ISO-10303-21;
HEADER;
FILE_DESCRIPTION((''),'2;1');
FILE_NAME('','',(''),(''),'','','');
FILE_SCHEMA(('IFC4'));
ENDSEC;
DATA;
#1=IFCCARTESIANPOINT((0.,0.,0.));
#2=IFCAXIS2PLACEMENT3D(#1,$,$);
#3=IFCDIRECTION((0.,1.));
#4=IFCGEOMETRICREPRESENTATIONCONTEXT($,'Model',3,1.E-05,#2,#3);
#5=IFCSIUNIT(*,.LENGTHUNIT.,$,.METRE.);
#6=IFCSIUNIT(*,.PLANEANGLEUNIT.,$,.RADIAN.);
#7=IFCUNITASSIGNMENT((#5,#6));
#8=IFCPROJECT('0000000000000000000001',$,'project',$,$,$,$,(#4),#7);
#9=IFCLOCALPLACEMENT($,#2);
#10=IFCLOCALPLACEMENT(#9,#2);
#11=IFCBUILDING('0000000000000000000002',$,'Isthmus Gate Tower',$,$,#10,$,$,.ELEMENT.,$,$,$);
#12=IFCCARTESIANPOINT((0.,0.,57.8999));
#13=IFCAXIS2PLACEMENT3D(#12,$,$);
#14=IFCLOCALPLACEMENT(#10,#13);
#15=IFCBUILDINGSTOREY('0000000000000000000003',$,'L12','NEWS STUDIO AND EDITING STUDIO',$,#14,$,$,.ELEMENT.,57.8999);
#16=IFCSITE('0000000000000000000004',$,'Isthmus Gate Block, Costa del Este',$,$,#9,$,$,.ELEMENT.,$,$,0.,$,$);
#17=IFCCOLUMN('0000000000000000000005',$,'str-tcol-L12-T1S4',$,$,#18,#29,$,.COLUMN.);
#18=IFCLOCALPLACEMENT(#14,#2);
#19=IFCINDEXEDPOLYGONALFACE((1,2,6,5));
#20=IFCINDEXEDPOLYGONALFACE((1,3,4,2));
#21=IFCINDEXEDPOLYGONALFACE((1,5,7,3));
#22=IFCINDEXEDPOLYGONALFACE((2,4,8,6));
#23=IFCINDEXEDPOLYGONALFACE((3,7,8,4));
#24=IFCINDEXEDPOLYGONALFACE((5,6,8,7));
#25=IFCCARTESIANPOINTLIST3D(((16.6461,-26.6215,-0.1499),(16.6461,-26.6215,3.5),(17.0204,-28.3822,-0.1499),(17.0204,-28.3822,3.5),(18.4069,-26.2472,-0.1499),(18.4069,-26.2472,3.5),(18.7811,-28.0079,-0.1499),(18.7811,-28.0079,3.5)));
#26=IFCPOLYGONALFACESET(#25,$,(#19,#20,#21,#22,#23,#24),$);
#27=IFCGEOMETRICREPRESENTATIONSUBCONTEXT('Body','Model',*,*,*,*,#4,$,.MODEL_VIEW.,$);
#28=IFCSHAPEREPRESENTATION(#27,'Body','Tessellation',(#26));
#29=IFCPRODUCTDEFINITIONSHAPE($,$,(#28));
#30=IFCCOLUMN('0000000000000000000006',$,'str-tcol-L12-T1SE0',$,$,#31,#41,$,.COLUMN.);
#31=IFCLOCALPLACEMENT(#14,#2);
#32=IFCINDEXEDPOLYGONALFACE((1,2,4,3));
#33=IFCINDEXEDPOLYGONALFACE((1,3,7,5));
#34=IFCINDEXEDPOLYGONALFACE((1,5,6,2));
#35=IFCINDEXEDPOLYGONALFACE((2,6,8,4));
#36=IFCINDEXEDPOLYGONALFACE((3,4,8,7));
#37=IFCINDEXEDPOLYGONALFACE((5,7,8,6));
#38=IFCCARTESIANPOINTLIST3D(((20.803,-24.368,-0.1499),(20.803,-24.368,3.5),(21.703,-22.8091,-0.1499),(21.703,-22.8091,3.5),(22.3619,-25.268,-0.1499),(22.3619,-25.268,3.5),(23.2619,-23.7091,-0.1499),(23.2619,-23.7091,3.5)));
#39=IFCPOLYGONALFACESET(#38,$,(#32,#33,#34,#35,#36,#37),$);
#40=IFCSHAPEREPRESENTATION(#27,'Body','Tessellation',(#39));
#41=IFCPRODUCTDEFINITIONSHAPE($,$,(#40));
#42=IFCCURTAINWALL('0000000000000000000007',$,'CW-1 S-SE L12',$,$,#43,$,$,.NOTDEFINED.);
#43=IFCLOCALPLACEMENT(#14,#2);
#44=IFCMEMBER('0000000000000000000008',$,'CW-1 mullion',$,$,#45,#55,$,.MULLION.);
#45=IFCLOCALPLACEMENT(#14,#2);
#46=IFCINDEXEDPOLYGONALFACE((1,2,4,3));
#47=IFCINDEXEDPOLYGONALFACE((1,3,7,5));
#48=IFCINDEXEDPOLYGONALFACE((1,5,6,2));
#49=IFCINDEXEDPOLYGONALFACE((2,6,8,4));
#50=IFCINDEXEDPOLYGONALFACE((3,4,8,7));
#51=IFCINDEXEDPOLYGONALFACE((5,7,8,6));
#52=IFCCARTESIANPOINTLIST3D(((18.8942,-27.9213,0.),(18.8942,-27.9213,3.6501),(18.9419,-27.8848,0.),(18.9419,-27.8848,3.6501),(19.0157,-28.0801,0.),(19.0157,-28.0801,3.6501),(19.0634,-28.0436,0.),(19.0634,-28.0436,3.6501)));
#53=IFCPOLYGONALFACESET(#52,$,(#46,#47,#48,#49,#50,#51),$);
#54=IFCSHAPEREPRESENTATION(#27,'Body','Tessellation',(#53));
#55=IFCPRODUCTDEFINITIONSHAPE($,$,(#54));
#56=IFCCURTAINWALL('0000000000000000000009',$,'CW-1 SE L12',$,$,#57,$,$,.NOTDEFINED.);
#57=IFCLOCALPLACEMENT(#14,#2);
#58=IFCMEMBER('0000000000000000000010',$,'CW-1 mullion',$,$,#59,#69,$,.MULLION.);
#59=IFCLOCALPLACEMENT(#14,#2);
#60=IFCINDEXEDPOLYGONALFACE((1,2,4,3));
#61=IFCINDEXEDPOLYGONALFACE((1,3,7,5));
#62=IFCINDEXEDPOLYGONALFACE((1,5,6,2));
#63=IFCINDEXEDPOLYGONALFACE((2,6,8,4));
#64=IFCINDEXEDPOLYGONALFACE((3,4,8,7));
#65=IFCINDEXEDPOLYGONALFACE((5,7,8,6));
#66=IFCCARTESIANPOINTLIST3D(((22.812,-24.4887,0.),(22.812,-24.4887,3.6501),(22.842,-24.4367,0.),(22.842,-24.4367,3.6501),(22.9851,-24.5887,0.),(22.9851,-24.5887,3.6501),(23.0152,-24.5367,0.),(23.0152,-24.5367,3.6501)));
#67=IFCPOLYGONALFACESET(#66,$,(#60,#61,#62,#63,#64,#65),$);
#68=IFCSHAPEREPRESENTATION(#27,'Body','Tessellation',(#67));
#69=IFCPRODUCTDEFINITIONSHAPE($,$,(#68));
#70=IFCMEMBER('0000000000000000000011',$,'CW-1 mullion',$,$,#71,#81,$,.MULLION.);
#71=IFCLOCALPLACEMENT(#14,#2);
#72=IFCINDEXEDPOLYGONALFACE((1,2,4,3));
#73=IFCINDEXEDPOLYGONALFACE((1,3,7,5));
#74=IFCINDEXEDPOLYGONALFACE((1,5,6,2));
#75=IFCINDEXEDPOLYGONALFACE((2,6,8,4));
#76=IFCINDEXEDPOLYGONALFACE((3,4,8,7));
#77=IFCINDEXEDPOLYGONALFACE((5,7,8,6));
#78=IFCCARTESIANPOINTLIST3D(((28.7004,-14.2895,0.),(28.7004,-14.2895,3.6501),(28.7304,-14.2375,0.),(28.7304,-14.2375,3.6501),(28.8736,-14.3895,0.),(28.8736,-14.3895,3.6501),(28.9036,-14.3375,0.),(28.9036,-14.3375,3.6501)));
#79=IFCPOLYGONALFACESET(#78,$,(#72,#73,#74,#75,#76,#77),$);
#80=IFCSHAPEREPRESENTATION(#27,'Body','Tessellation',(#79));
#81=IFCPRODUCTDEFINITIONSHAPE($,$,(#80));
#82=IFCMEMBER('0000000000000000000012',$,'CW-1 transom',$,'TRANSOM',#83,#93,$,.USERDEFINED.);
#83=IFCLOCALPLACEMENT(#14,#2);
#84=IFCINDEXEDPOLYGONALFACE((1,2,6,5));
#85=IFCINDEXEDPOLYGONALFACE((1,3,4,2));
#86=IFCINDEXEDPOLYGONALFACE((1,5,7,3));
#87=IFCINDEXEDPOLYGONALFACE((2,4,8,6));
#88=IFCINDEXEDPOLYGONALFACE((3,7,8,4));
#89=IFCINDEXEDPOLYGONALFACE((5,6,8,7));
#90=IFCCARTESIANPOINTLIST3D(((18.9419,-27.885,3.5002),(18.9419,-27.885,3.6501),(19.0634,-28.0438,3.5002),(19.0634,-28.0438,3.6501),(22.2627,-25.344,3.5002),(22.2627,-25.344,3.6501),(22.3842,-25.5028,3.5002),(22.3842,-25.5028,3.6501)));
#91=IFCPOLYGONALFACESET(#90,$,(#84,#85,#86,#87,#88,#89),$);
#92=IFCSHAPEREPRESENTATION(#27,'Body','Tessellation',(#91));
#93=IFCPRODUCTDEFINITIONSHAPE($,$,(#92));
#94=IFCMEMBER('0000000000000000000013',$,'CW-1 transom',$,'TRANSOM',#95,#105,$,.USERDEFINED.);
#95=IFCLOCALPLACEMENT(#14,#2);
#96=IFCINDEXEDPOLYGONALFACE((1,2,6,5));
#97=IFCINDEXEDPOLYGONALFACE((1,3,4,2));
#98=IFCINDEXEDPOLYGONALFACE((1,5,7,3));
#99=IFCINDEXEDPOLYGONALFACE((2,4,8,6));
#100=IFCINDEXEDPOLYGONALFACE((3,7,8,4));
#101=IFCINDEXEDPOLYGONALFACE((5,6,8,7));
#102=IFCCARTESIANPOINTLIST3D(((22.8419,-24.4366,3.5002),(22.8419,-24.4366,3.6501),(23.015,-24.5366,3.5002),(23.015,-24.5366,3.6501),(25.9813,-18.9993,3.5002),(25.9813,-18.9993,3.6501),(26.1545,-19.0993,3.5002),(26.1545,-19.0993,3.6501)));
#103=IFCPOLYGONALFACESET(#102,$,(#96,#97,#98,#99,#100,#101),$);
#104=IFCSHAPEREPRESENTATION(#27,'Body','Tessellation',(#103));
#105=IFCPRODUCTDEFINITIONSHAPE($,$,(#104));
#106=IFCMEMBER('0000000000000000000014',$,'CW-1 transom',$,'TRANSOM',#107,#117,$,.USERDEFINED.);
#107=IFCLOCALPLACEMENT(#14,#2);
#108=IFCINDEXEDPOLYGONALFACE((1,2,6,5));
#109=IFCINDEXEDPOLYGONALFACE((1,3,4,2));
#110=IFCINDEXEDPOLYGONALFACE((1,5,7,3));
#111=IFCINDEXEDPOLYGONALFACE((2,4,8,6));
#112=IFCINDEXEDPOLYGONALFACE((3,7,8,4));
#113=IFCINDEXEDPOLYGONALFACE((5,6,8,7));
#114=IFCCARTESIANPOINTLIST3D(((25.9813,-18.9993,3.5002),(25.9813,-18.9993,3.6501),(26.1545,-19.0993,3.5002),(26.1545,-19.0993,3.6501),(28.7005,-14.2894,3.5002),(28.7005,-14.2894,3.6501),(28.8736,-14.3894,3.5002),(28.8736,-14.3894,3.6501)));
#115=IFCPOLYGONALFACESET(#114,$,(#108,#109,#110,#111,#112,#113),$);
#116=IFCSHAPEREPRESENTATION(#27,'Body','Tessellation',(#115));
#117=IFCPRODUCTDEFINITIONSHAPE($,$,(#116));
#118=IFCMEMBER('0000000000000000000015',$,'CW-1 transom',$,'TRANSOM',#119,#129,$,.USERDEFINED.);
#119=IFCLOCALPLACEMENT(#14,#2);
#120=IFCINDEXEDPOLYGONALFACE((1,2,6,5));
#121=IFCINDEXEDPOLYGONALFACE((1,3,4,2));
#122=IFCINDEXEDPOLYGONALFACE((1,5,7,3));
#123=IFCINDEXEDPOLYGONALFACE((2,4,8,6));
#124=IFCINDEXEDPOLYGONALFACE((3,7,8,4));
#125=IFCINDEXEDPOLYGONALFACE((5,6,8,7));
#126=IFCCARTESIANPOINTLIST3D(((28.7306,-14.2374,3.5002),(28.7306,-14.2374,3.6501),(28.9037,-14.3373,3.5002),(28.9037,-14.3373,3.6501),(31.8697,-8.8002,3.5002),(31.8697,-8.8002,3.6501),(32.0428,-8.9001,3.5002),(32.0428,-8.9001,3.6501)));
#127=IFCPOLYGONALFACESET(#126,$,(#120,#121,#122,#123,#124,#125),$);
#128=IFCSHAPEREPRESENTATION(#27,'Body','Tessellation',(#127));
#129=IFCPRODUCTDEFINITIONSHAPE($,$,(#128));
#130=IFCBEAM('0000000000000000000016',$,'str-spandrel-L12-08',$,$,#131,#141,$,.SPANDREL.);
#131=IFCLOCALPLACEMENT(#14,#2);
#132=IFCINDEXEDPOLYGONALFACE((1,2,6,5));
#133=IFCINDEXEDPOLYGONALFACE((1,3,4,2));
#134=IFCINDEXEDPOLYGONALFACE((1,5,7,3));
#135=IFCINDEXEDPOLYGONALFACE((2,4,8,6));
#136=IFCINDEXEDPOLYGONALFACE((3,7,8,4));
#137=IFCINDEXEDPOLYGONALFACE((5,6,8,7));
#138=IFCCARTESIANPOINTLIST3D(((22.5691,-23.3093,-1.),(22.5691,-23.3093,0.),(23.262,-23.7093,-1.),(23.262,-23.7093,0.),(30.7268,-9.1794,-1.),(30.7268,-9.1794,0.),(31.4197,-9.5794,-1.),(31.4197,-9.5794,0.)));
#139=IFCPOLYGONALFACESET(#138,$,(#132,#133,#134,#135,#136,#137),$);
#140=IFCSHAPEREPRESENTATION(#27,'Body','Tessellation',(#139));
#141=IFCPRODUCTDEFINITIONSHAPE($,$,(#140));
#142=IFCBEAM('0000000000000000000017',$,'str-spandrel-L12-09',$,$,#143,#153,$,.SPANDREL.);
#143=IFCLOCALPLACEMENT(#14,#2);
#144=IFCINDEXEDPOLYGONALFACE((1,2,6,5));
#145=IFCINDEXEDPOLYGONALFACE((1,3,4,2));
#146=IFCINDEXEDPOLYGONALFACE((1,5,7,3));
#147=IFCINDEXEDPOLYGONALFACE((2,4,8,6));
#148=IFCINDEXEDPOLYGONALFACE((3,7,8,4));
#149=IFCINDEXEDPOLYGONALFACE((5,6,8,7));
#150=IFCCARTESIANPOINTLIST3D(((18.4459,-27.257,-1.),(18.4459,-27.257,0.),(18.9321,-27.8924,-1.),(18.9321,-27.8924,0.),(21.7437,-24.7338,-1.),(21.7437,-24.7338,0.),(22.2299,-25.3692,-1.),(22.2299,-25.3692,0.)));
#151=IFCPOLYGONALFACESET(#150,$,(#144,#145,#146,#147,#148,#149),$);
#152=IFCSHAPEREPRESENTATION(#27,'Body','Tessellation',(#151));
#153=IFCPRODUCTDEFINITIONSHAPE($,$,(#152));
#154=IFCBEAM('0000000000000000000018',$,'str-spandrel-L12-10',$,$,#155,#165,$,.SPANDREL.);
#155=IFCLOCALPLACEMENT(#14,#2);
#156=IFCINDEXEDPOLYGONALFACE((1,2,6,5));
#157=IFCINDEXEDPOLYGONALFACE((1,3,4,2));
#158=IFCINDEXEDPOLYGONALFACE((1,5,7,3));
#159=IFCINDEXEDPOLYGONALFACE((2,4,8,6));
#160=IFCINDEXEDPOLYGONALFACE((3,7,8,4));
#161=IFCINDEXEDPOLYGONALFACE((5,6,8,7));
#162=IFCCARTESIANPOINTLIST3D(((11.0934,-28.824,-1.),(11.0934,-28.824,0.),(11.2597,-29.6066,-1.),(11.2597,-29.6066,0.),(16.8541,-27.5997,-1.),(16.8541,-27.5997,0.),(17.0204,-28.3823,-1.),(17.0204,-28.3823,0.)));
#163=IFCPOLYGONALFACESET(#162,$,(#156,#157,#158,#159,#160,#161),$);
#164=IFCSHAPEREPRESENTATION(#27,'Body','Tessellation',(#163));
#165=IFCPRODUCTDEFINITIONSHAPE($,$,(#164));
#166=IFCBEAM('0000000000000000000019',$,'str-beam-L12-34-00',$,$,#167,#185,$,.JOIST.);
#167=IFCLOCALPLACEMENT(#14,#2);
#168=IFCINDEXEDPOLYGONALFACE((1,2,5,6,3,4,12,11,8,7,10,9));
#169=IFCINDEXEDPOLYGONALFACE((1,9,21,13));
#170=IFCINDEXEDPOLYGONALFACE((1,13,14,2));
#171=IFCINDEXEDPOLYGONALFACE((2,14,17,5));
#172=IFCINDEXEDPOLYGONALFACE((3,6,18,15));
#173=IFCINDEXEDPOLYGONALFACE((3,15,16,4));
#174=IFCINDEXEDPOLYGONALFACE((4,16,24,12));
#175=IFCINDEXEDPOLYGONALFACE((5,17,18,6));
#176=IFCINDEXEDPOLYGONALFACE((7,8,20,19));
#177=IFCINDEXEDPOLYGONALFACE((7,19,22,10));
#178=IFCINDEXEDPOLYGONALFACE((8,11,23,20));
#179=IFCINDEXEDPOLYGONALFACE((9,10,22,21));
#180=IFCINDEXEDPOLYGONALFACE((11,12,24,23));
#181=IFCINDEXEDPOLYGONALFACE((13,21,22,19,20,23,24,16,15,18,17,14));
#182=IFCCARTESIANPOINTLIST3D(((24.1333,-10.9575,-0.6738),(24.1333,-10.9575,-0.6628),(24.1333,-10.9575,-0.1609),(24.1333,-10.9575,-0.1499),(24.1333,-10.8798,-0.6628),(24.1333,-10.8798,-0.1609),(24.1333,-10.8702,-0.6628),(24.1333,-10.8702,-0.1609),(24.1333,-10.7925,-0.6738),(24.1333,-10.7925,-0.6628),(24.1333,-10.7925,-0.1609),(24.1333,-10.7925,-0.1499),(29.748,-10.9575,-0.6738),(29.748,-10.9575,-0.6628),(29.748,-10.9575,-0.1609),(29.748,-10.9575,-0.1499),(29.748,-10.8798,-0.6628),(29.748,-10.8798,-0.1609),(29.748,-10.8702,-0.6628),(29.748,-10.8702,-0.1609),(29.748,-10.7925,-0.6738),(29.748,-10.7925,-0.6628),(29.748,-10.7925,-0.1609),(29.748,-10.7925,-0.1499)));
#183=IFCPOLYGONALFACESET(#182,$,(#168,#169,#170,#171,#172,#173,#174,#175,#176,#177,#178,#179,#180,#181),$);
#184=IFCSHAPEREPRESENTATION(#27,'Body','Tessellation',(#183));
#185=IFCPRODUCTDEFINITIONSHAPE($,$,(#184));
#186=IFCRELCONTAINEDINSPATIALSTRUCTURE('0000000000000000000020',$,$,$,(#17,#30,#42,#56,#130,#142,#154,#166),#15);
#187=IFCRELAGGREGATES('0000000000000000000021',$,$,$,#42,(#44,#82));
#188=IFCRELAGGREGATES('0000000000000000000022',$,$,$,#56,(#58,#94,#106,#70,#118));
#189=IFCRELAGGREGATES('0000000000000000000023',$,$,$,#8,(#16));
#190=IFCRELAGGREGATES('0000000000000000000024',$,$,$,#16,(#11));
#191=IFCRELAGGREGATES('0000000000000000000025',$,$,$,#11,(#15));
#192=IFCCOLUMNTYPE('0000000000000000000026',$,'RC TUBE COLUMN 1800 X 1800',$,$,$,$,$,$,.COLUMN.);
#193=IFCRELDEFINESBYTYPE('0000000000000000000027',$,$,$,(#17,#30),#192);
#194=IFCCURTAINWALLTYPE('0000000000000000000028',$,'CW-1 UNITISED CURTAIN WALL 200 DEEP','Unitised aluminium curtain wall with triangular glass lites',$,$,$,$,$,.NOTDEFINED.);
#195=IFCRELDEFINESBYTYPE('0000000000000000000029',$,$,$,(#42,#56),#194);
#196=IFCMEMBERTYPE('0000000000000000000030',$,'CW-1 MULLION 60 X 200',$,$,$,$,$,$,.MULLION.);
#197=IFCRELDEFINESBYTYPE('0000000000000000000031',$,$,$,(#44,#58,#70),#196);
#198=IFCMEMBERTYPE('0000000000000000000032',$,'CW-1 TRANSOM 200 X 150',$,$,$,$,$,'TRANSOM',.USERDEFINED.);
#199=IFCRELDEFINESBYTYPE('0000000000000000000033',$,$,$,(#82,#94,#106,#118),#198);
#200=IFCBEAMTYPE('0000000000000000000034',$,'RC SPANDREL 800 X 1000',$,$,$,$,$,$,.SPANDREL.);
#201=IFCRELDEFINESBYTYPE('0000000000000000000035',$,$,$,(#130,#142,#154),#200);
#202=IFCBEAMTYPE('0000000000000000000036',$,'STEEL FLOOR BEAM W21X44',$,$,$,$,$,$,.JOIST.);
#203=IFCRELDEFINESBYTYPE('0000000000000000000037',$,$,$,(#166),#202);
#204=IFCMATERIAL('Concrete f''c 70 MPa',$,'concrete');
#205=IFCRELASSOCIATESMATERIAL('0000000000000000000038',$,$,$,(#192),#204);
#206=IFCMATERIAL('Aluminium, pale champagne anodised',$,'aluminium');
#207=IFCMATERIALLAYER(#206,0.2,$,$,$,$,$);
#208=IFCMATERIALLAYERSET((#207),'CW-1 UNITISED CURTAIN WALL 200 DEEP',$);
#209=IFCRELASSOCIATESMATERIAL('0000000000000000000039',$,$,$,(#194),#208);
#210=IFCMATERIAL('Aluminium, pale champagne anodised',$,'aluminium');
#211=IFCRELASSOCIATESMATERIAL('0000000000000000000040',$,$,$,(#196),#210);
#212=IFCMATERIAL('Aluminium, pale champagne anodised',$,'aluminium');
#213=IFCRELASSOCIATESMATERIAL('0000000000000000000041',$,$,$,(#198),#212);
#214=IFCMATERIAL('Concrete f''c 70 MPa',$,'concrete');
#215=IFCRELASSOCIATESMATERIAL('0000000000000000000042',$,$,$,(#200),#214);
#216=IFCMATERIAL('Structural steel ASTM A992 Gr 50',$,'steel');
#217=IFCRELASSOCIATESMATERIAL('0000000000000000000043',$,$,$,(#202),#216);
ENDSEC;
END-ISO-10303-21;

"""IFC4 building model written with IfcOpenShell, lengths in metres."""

from ifc_helpers import new_model, si_unit, direction, frame, origin, origin_2d, place, context, subcontext, project, spatial, rectangle, i_section, extrude, material, layer, layer_set, material_profile, profile_set, type_object, element, aggregate, save


model = new_model("IFC4")

# Units and contexts
model_context = context("Model", 3, precision=1e-05, world=origin(), true_north=direction((0.0, 1.0)))
body_context = subcontext(model_context, "Body", "Model", "MODEL_VIEW")
ifc_project = project(units=[si_unit("LENGTHUNIT", "METRE"), si_unit("PLANEANGLEUNIT", "RADIAN")], contexts=[model_context])

# Site, building, storey
site_placement = place(None, origin())
site = spatial("IfcSite", under=ifc_project, at=site_placement, Name="Isthmus Gate Block, Costa del Este", CompositionType="ELEMENT", RefElevation=0.0)
building_placement = place(site_placement, origin())
building = spatial("IfcBuilding", under=site, at=building_placement, Name="Isthmus Gate Tower", CompositionType="ELEMENT")
storey_placement = place(building_placement, frame((0.0, 0.0, 57.8999)))
storey = spatial("IfcBuildingStorey", under=building, at=storey_placement, Name="L12", Description="NEWS STUDIO AND EDITING STUDIO", CompositionType="ELEMENT", Elevation=57.8999)

# Columns
ifc_material_1 = material(Name="Concrete f'c 70 MPa", Category="concrete")
ifc_material_profile_1 = material_profile(ifc_material_1, rectangle(XDim=1.8, YDim=1.8, at=origin_2d()), Name="RC 1800X1800")
ifc_profile_set_1 = profile_set([ifc_material_profile_1], Name="Concrete f'c 70 MPa")
column_type = type_object("IfcColumnType", Name="RC TUBE COLUMN 1800 X 1800", PredefinedType="COLUMN", material=ifc_profile_set_1)
for number, where, z_axis, x_axis, name in (
    (1, (17.7136, -27.3147, -0.1499), (0.0, 0.0, 1.0), (0.978148, 0.207912, 0.0), "str-tcol-L12-T1S4"),
    (2, (22.0325, -24.0386, -0.1499), (0.0, 0.0, 1.0), (0.5, 0.866025, 0.0), "str-tcol-L12-T1SE0"),
):
    element("IfcColumn", number, at=place(storey_placement, frame(where, z_axis=z_axis, x_axis=x_axis)), inside=storey, type_object=column_type, Name=name, PredefinedType="COLUMN", context=body_context, shape_type="SweptSolid", body=[
        extrude(rectangle(XDim=1.8, YDim=1.8, at=origin_2d()), origin(), (0.0, 0.0, 1.0), 3.6499),
    ])

# Curtain wall, member
ifc_material_2 = material(Name="Aluminium, pale champagne anodised", Category="aluminium")
ifc_layer_1 = layer(ifc_material_2, 0.2)
ifc_layer_set_1 = layer_set([ifc_layer_1], Name="CW-1 UNITISED CURTAIN WALL 200 DEEP")
curtain_wall_type = type_object("IfcCurtainWallType", Name="CW-1 UNITISED CURTAIN WALL 200 DEEP", Description="Unitised aluminium curtain wall with triangular glass lites", PredefinedType="NOTDEFINED", material=ifc_layer_set_1)
curtain_wall_1_placement = place(storey_placement, origin())
curtain_wall_1 = element("IfcCurtainWall", 3, at=curtain_wall_1_placement, inside=storey, type_object=curtain_wall_type, Name="CW-1 S-SE L12", PredefinedType="NOTDEFINED")
ifc_material_3 = material(Name="Aluminium, pale champagne anodised", Category="aluminium")
ifc_material_profile_2 = material_profile(ifc_material_3, rectangle(XDim=0.0601, YDim=0.2, at=origin_2d()), Name="60x200")
ifc_profile_set_2 = profile_set([ifc_material_profile_2], Name="Aluminium, pale champagne anodised")
member_type_1 = type_object("IfcMemberType", Name="CW-1 MULLION 60 X 200", PredefinedType="MULLION", material=ifc_profile_set_2)
member_1_placement = place(storey_placement, frame((18.9788, -27.9824, 0.0), z_axis=(0.0, 0.0, 1.0), x_axis=(0.794189, 0.607671, 0.0)))
member_1 = element("IfcMember", 4, at=member_1_placement, type_object=member_type_1, Name="CW-1 mullion", PredefinedType="MULLION", context=body_context, shape_type="SweptSolid", body=[
    extrude(rectangle(XDim=0.0601, YDim=0.2, at=origin_2d()), origin(), (0.0, 0.0, 1.0), 3.6501),
])

# Curtain wall, members
curtain_wall_2_placement = place(storey_placement, origin())
curtain_wall_2 = element("IfcCurtainWall", 5, at=curtain_wall_2_placement, inside=storey, type_object=curtain_wall_type, Name="CW-1 SE L12", PredefinedType="NOTDEFINED")
member_2_placement = place(storey_placement, frame((22.9136, -24.5127, 0.0), z_axis=(0.0, 0.0, 1.0), x_axis=(0.5, 0.866025, 0.0)))
member_2 = element("IfcMember", 6, at=member_2_placement, type_object=member_type_1, Name="CW-1 mullion", PredefinedType="MULLION", context=body_context, shape_type="SweptSolid", body=[
    extrude(rectangle(XDim=0.0601, YDim=0.2, at=origin_2d()), origin(), (0.0, 0.0, 1.0), 3.6501),
])
member_3_placement = place(storey_placement, frame((28.802, -14.3135, 0.0), z_axis=(0.0, 0.0, 1.0), x_axis=(0.5, 0.866025, 0.0)))
member_3 = element("IfcMember", 7, at=member_3_placement, type_object=member_type_1, Name="CW-1 mullion", PredefinedType="MULLION", context=body_context, shape_type="SweptSolid", body=[
    extrude(rectangle(XDim=0.0601, YDim=0.2, at=origin_2d()), origin(), (0.0, 0.0, 1.0), 3.6501),
])

# Members
ifc_material_4 = material(Name="Aluminium, pale champagne anodised", Category="aluminium")
ifc_material_profile_3 = material_profile(ifc_material_4, rectangle(XDim=0.2, YDim=0.1499, at=origin_2d()), Name="200x150")
ifc_profile_set_3 = profile_set([ifc_material_profile_3], Name="Aluminium, pale champagne anodised")
member_type_2 = type_object("IfcMemberType", Name="CW-1 TRANSOM 200 X 150", ElementType="TRANSOM", PredefinedType="USERDEFINED", material=ifc_profile_set_3)
member_4_placement = place(storey_placement, frame((19.0027, -27.9644, 3.5752), z_axis=(0.794175, 0.607688, 0.0), x_axis=(-0.607688, 0.794175, 0.0)))
member_4 = element("IfcMember", 8, at=member_4_placement, type_object=member_type_2, Name="CW-1 transom", ObjectType="TRANSOM", PredefinedType="USERDEFINED", context=body_context, shape_type="SweptSolid", body=[
    extrude(rectangle(XDim=0.2, YDim=0.1499, at=origin_2d()), origin(), (0.0, 0.0, 1.0), 4.1814),
])
member_5_placement = place(storey_placement, frame((22.9285, -24.4866, 3.5752), z_axis=(0.500024, 0.866011, 0.0), x_axis=(-0.866011, 0.500024, 0.0)))
member_5 = element("IfcMember", 9, at=member_5_placement, type_object=member_type_2, Name="CW-1 transom", ObjectType="TRANSOM", PredefinedType="USERDEFINED", context=body_context, shape_type="SweptSolid", body=[
    extrude(rectangle(XDim=0.2, YDim=0.1499, at=origin_2d()), origin(), (0.0, 0.0, 1.0), 6.2786),
])
member_6_placement = place(storey_placement, frame((26.0679, -19.0493, 3.5752), z_axis=(0.499992, 0.86603, 0.0), x_axis=(-0.86603, 0.499992, 0.0)))
member_6 = element("IfcMember", 10, at=member_6_placement, type_object=member_type_2, Name="CW-1 transom", ObjectType="TRANSOM", PredefinedType="USERDEFINED", context=body_context, shape_type="SweptSolid", body=[
    extrude(rectangle(XDim=0.2, YDim=0.1499, at=origin_2d()), origin(), (0.0, 0.0, 1.0), 5.4385),
])
member_7_placement = place(storey_placement, frame((28.8171, -14.2874, 3.5752), z_axis=(0.499995, 0.866028, 0.0), x_axis=(-0.866028, 0.499995, 0.0)))
member_7 = element("IfcMember", 11, at=member_7_placement, type_object=member_type_2, Name="CW-1 transom", ObjectType="TRANSOM", PredefinedType="USERDEFINED", context=body_context, shape_type="SweptSolid", body=[
    extrude(rectangle(XDim=0.2, YDim=0.1499, at=origin_2d()), origin(), (0.0, 0.0, 1.0), 6.2783),
])

# Beams
ifc_material_5 = material(Name="Concrete f'c 70 MPa", Category="concrete")
ifc_material_profile_4 = material_profile(ifc_material_5, rectangle(XDim=0.8, YDim=1.0, at=origin_2d()), Name="RC 800X1000")
ifc_profile_set_4 = profile_set([ifc_material_profile_4], Name="Concrete f'c 70 MPa")
beam_type_1 = type_object("IfcBeamType", Name="RC SPANDREL 800 X 1000", PredefinedType="SPANDREL", material=ifc_profile_set_4)
beam_1_placement = place(storey_placement, frame((31.0732, -9.3794, -0.5), z_axis=(-0.499992, -0.86603, 0.0), x_axis=(0.86603, -0.499992, 0.0)))
element("IfcBeam", 12, at=beam_1_placement, inside=storey, type_object=beam_type_1, Name="str-spandrel-L12-08", PredefinedType="SPANDREL", context=body_context, shape_type="SweptSolid", body=[
    extrude(rectangle(XDim=0.8, YDim=1.0, at=origin_2d()), origin(), (0.0, 0.0, 1.0), 16.3157),
])
beam_2_placement = place(storey_placement, frame((21.9868, -25.0515, -0.5), z_axis=(-0.794206, -0.607649, 0.0), x_axis=(0.607649, -0.794206, 0.0)))
element("IfcBeam", 13, at=beam_2_placement, inside=storey, type_object=beam_type_1, Name="str-spandrel-L12-09", PredefinedType="SPANDREL", context=body_context, shape_type="SweptSolid", body=[
    extrude(rectangle(XDim=0.8, YDim=1.0, at=origin_2d()), origin(), (0.0, 0.0, 1.0), 4.1523),
])
beam_3_placement = place(storey_placement, frame((16.9373, -27.991, -0.5), z_axis=(-0.978152, -0.207892, 0.0), x_axis=(0.207892, -0.978152, 0.0)))
element("IfcBeam", 14, at=beam_3_placement, inside=storey, type_object=beam_type_1, Name="str-spandrel-L12-10", PredefinedType="SPANDREL", context=body_context, shape_type="SweptSolid", body=[
    extrude(rectangle(XDim=0.8, YDim=1.0, at=origin_2d()), origin(), (0.0, 0.0, 1.0), 5.8894),
])
ifc_material_6 = material(Name="Structural steel ASTM A992 Gr 50", Category="steel")
ifc_material_profile_5 = material_profile(ifc_material_6, i_section(OverallWidth=0.165, OverallDepth=0.5239, WebThickness=0.0095, FlangeThickness=0.011, at=origin_2d()), Name="W21X44")
ifc_profile_set_5 = profile_set([ifc_material_profile_5], Name="Structural steel ASTM A992 Gr 50")
beam_type_2 = type_object("IfcBeamType", Name="STEEL FLOOR BEAM W21X44", PredefinedType="JOIST", material=ifc_profile_set_5)
beam_4_placement = place(storey_placement, frame((24.1333, -10.875, -0.4119), z_axis=(1.0, 0.0, 0.0), x_axis=(0.0, 1.0, 0.0)))
element("IfcBeam", 15, at=beam_4_placement, inside=storey, type_object=beam_type_2, Name="str-beam-L12-34-00", PredefinedType="JOIST", context=body_context, shape_type="SweptSolid", body=[
    extrude(i_section(OverallWidth=0.165, OverallDepth=0.5239, WebThickness=0.0095, FlangeThickness=0.011, at=origin_2d()), origin(), (0.0, 0.0, 1.0), 5.6147),
])

aggregate(curtain_wall_1, [member_1, member_4])
aggregate(curtain_wall_2, [member_2, member_5, member_6, member_3, member_7])

save(model, "model.ifc")
